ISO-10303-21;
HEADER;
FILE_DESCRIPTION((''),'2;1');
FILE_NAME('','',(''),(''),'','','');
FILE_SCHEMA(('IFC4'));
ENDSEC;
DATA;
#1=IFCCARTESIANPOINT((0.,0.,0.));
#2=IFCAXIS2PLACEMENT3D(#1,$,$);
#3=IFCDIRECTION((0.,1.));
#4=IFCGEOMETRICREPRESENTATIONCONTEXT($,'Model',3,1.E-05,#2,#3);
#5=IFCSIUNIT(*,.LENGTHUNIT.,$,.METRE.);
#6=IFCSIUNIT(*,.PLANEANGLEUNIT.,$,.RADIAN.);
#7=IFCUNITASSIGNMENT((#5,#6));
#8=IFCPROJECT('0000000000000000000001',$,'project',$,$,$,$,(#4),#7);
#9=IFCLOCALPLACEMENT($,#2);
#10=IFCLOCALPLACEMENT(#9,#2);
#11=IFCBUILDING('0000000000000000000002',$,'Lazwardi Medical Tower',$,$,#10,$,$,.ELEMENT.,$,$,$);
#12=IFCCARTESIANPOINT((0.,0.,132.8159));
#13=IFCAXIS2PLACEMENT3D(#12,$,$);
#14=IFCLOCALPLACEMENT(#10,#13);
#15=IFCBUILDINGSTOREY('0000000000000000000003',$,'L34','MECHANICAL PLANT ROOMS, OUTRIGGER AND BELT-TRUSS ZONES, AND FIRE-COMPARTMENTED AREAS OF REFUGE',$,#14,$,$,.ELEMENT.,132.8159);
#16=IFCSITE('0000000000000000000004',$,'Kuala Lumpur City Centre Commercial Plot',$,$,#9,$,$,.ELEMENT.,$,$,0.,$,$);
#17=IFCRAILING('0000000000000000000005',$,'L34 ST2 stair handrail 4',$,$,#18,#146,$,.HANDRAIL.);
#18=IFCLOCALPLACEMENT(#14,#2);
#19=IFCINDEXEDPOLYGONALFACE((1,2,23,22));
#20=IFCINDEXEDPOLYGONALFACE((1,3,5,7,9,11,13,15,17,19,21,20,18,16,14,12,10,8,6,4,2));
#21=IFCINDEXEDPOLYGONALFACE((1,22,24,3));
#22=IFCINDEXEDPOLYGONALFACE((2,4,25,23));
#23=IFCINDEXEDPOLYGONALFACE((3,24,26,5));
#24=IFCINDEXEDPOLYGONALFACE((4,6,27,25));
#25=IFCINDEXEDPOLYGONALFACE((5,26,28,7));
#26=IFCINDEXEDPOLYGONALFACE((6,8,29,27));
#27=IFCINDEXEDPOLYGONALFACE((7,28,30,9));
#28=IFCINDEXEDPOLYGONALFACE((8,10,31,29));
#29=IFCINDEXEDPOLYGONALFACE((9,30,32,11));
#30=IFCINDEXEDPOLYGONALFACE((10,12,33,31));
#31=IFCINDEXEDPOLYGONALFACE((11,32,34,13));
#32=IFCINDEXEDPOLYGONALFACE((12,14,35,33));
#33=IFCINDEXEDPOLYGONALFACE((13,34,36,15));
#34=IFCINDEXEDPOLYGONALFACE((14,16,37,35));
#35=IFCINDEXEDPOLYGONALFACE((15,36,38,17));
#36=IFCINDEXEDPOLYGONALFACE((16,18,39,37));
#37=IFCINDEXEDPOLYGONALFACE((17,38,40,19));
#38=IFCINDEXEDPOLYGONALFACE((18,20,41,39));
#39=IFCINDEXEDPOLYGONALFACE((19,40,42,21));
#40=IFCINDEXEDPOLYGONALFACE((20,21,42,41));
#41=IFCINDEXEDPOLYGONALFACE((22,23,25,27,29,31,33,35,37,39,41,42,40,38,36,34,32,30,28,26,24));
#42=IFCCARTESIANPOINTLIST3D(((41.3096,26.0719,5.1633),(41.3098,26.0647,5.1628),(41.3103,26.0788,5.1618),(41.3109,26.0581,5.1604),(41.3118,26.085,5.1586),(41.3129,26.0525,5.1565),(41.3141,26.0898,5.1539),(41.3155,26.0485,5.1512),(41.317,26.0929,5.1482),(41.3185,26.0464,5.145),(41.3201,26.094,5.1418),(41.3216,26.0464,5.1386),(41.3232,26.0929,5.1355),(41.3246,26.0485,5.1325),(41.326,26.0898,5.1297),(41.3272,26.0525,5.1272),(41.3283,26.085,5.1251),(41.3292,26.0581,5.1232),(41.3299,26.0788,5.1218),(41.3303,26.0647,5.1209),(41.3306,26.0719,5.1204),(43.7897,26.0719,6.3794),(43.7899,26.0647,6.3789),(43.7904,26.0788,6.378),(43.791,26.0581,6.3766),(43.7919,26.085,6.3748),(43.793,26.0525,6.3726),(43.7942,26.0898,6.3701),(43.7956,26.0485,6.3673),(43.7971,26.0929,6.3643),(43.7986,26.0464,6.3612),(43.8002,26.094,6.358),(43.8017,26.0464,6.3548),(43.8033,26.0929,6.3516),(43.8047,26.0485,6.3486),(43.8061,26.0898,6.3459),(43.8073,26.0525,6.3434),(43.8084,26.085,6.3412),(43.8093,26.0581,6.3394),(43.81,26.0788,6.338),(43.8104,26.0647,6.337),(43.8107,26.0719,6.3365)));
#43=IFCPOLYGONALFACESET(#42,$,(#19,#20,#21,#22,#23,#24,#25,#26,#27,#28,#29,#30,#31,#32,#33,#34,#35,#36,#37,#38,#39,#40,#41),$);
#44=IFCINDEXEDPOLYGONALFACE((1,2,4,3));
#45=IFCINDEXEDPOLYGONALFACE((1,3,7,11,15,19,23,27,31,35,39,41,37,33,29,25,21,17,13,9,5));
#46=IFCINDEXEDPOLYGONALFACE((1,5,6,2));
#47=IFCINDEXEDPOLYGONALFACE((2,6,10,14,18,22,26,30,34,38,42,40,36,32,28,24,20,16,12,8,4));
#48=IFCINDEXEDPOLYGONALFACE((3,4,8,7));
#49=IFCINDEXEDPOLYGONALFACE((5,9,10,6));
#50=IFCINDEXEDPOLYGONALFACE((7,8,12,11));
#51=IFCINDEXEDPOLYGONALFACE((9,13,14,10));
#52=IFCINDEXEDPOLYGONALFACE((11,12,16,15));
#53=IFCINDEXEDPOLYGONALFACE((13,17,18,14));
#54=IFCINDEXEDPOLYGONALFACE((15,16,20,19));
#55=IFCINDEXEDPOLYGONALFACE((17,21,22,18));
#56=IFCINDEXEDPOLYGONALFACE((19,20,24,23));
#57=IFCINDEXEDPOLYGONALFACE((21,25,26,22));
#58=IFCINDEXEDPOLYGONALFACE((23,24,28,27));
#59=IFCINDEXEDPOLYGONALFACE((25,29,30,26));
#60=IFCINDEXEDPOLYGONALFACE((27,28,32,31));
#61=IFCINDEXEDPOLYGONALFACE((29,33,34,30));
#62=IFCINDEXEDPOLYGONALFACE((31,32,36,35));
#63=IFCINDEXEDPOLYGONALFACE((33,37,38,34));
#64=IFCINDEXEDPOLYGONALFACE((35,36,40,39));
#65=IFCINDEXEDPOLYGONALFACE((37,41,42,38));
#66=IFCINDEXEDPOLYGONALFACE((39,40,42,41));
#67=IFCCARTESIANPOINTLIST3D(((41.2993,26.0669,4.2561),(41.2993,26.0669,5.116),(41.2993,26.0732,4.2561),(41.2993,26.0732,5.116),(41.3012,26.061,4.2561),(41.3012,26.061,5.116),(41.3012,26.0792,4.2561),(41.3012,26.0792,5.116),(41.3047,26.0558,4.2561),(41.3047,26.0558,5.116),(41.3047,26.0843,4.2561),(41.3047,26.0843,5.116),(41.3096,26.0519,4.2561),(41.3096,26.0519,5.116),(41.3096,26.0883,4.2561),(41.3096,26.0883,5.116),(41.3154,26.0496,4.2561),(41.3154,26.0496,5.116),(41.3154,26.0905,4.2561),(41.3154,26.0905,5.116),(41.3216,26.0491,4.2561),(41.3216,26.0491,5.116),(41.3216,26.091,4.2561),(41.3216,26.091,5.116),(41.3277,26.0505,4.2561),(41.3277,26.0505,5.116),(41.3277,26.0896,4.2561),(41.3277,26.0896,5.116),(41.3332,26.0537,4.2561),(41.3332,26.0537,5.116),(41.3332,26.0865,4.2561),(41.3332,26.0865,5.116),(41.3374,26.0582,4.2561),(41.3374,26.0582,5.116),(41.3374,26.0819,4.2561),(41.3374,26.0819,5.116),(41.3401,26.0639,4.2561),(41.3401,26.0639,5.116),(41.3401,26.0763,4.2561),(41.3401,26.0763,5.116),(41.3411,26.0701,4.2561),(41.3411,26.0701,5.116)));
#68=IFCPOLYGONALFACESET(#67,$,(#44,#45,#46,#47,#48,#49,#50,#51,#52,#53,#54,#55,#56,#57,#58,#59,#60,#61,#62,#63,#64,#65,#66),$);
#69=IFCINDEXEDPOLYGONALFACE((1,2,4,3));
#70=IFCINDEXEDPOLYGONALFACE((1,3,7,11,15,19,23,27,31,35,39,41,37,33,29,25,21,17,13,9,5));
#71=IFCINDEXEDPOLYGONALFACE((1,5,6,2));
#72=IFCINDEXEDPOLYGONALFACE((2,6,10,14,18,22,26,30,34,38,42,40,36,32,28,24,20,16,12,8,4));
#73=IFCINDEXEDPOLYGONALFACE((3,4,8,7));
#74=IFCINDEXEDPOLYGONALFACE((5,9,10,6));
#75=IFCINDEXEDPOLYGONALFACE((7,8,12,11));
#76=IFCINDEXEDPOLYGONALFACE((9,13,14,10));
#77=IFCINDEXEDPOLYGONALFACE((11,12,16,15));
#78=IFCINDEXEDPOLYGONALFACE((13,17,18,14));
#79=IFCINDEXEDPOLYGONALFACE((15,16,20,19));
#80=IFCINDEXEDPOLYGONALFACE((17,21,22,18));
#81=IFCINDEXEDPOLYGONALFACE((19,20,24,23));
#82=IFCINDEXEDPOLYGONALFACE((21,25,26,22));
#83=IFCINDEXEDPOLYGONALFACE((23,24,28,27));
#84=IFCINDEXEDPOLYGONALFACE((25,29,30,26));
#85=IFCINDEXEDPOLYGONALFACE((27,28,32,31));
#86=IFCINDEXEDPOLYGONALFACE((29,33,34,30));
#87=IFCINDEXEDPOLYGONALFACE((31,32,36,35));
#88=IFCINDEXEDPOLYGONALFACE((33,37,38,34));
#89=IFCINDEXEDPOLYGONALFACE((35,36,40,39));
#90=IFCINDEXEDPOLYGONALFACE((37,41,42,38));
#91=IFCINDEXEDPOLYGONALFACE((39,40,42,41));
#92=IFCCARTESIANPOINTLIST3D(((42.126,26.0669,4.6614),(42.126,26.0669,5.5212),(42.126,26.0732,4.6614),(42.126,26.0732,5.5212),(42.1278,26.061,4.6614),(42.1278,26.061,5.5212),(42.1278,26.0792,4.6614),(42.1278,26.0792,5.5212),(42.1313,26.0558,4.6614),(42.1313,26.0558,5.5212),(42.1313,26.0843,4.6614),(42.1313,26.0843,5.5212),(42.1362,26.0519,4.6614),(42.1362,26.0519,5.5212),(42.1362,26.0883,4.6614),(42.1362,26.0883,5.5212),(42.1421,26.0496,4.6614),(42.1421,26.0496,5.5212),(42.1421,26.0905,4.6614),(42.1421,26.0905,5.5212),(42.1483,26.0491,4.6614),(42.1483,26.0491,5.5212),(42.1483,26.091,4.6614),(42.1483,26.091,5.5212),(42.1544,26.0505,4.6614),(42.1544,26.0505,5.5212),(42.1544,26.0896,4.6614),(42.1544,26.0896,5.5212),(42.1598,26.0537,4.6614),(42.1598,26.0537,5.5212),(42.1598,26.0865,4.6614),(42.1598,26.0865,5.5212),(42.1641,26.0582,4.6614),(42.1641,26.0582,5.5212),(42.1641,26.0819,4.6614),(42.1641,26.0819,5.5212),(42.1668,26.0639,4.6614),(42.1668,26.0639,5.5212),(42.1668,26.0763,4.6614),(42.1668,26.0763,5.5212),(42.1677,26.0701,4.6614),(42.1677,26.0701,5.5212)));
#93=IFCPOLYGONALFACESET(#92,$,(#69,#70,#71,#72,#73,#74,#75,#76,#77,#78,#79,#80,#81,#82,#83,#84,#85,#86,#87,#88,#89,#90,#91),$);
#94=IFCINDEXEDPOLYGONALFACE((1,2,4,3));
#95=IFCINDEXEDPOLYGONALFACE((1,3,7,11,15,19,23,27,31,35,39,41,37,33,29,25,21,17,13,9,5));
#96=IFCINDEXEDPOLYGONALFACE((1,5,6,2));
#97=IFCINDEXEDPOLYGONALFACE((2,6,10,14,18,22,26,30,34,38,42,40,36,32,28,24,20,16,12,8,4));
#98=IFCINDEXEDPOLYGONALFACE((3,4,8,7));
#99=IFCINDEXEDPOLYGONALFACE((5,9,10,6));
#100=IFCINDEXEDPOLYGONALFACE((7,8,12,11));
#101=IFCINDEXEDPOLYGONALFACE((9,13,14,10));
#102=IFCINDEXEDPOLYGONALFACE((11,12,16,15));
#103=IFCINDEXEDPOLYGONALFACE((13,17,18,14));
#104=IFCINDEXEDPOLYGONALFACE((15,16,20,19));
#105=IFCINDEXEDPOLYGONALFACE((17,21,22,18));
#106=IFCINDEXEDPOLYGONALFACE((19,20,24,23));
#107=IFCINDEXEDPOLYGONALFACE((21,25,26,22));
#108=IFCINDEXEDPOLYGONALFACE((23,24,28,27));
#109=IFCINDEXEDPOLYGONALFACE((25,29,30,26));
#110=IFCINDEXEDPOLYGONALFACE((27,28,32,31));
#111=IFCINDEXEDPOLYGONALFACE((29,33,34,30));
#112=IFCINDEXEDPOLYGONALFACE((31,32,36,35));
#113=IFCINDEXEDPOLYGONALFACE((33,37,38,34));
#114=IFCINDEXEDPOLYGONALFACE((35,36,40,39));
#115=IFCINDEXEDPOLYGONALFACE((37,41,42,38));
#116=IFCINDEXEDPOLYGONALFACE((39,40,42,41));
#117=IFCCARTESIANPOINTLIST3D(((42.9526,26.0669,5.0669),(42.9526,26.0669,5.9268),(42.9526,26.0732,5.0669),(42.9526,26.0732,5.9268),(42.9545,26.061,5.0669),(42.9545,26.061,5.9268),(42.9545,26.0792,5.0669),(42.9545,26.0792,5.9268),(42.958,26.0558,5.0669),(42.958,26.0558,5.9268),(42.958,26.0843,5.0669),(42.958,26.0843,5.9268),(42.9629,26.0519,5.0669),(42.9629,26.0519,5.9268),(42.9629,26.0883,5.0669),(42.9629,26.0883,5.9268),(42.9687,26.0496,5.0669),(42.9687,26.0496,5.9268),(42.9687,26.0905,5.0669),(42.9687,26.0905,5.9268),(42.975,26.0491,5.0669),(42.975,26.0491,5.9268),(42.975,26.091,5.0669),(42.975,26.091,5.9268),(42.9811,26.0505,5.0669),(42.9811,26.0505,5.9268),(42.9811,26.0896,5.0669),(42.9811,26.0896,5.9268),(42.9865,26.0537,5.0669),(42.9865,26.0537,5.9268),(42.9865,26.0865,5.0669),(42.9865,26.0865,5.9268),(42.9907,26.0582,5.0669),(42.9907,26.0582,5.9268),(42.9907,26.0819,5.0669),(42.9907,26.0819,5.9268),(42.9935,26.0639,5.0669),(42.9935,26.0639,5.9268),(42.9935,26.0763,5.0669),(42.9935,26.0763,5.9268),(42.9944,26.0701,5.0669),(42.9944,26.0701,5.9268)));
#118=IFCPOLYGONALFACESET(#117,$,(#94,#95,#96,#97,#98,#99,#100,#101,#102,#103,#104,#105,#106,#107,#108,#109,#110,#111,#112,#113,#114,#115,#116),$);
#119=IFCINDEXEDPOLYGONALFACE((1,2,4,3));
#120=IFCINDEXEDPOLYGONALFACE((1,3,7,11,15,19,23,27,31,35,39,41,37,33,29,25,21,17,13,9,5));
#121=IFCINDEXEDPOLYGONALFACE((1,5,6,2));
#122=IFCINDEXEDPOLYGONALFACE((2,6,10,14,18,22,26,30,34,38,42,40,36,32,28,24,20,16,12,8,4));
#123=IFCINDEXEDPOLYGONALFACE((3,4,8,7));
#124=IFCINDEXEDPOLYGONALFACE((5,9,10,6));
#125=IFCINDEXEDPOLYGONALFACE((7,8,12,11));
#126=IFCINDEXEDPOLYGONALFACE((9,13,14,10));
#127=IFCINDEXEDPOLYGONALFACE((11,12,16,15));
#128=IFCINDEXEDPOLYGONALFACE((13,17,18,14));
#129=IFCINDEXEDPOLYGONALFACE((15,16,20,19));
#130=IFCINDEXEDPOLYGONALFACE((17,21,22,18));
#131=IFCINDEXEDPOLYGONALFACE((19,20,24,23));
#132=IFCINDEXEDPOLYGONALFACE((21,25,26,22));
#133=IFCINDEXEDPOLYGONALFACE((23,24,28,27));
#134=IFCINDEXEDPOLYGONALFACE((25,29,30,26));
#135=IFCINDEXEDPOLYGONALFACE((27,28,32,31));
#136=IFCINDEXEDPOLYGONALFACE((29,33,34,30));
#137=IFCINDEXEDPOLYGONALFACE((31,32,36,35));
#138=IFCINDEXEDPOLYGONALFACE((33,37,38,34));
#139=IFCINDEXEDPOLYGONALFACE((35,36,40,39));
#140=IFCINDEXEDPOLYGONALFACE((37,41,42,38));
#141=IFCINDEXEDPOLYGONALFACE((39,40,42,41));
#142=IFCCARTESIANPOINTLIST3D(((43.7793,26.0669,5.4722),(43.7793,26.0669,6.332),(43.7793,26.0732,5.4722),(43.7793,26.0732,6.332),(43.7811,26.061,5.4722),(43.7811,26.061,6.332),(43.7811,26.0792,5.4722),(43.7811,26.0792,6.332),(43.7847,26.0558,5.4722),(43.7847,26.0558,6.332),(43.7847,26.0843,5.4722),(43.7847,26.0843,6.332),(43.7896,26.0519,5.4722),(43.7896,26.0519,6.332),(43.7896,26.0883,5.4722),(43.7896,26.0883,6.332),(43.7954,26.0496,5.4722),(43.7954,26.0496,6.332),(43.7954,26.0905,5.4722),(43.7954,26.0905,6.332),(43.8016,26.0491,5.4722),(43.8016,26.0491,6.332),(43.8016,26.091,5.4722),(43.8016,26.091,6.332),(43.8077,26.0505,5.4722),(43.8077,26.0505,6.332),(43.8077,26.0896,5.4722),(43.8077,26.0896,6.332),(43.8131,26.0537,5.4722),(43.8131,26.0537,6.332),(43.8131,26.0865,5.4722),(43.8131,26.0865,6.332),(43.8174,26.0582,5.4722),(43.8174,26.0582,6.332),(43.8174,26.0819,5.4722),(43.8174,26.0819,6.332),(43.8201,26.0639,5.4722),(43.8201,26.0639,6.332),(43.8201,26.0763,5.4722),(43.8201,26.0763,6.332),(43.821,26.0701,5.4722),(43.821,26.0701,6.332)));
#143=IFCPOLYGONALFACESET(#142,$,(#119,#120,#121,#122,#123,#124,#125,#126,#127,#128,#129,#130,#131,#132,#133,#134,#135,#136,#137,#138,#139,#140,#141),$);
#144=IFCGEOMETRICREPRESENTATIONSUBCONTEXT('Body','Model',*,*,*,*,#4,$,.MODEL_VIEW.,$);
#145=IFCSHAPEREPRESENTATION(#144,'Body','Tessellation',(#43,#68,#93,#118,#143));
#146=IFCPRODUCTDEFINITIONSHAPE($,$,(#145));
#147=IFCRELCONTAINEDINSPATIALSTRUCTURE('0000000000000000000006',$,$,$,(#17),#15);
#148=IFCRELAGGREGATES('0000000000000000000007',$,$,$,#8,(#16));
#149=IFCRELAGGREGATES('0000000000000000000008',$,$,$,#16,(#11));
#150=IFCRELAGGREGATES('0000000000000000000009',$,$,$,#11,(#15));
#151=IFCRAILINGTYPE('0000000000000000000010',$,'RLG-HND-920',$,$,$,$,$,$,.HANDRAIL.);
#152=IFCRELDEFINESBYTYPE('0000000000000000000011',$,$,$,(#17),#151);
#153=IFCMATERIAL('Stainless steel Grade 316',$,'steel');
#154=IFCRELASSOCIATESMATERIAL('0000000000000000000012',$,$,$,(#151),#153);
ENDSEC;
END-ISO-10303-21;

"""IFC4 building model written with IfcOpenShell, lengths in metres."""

from ifc_helpers import new_model, si_unit, direction, frame, origin, origin_2d, place, context, subcontext, project, spatial, circle, extrude, material, type_object, element, save


model = new_model("IFC4")

# Units and contexts
model_context = context("Model", 3, precision=1e-05, world=origin(), true_north=direction((0.0, 1.0)))
body_context = subcontext(model_context, "Body", "Model", "MODEL_VIEW")
ifc_project = project(units=[si_unit("LENGTHUNIT", "METRE"), si_unit("PLANEANGLEUNIT", "RADIAN")], contexts=[model_context])

# Site, building, storey
site_placement = place(None, origin())
site = spatial("IfcSite", under=ifc_project, at=site_placement, Name="Kuala Lumpur City Centre Commercial Plot", CompositionType="ELEMENT", RefElevation=0.0)
building_placement = place(site_placement, origin())
building = spatial("IfcBuilding", under=site, at=building_placement, Name="Lazwardi Medical Tower", CompositionType="ELEMENT")
storey_placement = place(building_placement, frame((0.0, 0.0, 132.8159)))
storey = spatial("IfcBuildingStorey", under=building, at=storey_placement, Name="L34", Description="MECHANICAL PLANT ROOMS, OUTRIGGER AND BELT-TRUSS ZONES, AND FIRE-COMPARTMENTED AREAS OF REFUGE", CompositionType="ELEMENT", Elevation=132.8159)

# Railing
ifc_material_1 = material(Name="Stainless steel Grade 316", Category="steel")
railing_type_1 = type_object("IfcRailingType", Name="RLG-HND-920", PredefinedType="HANDRAIL", material=ifc_material_1)
for number, where, name in (
    (1, (41.3201, 26.0701, 4.2561), "L34 ST2 stair handrail 4"),
):
    element("IfcRailing", number, at=place(storey_placement, frame(where)), inside=storey, type_object=railing_type_1, Name=name, PredefinedType="HANDRAIL", context=body_context, shape_type="SweptSolid", body=[
        extrude(circle(Radius=0.0239, at=origin_2d()), frame((0.0, 0.0, 0.8857), z_axis=(0.897865, 0.0, 0.44027), x_axis=(0.0, 1.0, 0.0)), (0.0, 0.0, 1.0), 2.7622),
        extrude(circle(Radius=0.021, at=origin_2d()), origin(), (0.0, 0.0, 1.0), 0.8599),
        extrude(circle(Radius=0.021, at=origin_2d()), frame((0.8267, 0.0, 0.4053)), (0.0, 0.0, 1.0), 0.8599),
        extrude(circle(Radius=0.021, at=origin_2d()), frame((1.6533, 0.0, 0.8108)), (0.0, 0.0, 1.0), 0.8599),
        extrude(circle(Radius=0.021, at=origin_2d()), frame((2.48, 0.0, 1.2161)), (0.0, 0.0, 1.0), 0.8599),
    ])

save(model, "model.ifc")
